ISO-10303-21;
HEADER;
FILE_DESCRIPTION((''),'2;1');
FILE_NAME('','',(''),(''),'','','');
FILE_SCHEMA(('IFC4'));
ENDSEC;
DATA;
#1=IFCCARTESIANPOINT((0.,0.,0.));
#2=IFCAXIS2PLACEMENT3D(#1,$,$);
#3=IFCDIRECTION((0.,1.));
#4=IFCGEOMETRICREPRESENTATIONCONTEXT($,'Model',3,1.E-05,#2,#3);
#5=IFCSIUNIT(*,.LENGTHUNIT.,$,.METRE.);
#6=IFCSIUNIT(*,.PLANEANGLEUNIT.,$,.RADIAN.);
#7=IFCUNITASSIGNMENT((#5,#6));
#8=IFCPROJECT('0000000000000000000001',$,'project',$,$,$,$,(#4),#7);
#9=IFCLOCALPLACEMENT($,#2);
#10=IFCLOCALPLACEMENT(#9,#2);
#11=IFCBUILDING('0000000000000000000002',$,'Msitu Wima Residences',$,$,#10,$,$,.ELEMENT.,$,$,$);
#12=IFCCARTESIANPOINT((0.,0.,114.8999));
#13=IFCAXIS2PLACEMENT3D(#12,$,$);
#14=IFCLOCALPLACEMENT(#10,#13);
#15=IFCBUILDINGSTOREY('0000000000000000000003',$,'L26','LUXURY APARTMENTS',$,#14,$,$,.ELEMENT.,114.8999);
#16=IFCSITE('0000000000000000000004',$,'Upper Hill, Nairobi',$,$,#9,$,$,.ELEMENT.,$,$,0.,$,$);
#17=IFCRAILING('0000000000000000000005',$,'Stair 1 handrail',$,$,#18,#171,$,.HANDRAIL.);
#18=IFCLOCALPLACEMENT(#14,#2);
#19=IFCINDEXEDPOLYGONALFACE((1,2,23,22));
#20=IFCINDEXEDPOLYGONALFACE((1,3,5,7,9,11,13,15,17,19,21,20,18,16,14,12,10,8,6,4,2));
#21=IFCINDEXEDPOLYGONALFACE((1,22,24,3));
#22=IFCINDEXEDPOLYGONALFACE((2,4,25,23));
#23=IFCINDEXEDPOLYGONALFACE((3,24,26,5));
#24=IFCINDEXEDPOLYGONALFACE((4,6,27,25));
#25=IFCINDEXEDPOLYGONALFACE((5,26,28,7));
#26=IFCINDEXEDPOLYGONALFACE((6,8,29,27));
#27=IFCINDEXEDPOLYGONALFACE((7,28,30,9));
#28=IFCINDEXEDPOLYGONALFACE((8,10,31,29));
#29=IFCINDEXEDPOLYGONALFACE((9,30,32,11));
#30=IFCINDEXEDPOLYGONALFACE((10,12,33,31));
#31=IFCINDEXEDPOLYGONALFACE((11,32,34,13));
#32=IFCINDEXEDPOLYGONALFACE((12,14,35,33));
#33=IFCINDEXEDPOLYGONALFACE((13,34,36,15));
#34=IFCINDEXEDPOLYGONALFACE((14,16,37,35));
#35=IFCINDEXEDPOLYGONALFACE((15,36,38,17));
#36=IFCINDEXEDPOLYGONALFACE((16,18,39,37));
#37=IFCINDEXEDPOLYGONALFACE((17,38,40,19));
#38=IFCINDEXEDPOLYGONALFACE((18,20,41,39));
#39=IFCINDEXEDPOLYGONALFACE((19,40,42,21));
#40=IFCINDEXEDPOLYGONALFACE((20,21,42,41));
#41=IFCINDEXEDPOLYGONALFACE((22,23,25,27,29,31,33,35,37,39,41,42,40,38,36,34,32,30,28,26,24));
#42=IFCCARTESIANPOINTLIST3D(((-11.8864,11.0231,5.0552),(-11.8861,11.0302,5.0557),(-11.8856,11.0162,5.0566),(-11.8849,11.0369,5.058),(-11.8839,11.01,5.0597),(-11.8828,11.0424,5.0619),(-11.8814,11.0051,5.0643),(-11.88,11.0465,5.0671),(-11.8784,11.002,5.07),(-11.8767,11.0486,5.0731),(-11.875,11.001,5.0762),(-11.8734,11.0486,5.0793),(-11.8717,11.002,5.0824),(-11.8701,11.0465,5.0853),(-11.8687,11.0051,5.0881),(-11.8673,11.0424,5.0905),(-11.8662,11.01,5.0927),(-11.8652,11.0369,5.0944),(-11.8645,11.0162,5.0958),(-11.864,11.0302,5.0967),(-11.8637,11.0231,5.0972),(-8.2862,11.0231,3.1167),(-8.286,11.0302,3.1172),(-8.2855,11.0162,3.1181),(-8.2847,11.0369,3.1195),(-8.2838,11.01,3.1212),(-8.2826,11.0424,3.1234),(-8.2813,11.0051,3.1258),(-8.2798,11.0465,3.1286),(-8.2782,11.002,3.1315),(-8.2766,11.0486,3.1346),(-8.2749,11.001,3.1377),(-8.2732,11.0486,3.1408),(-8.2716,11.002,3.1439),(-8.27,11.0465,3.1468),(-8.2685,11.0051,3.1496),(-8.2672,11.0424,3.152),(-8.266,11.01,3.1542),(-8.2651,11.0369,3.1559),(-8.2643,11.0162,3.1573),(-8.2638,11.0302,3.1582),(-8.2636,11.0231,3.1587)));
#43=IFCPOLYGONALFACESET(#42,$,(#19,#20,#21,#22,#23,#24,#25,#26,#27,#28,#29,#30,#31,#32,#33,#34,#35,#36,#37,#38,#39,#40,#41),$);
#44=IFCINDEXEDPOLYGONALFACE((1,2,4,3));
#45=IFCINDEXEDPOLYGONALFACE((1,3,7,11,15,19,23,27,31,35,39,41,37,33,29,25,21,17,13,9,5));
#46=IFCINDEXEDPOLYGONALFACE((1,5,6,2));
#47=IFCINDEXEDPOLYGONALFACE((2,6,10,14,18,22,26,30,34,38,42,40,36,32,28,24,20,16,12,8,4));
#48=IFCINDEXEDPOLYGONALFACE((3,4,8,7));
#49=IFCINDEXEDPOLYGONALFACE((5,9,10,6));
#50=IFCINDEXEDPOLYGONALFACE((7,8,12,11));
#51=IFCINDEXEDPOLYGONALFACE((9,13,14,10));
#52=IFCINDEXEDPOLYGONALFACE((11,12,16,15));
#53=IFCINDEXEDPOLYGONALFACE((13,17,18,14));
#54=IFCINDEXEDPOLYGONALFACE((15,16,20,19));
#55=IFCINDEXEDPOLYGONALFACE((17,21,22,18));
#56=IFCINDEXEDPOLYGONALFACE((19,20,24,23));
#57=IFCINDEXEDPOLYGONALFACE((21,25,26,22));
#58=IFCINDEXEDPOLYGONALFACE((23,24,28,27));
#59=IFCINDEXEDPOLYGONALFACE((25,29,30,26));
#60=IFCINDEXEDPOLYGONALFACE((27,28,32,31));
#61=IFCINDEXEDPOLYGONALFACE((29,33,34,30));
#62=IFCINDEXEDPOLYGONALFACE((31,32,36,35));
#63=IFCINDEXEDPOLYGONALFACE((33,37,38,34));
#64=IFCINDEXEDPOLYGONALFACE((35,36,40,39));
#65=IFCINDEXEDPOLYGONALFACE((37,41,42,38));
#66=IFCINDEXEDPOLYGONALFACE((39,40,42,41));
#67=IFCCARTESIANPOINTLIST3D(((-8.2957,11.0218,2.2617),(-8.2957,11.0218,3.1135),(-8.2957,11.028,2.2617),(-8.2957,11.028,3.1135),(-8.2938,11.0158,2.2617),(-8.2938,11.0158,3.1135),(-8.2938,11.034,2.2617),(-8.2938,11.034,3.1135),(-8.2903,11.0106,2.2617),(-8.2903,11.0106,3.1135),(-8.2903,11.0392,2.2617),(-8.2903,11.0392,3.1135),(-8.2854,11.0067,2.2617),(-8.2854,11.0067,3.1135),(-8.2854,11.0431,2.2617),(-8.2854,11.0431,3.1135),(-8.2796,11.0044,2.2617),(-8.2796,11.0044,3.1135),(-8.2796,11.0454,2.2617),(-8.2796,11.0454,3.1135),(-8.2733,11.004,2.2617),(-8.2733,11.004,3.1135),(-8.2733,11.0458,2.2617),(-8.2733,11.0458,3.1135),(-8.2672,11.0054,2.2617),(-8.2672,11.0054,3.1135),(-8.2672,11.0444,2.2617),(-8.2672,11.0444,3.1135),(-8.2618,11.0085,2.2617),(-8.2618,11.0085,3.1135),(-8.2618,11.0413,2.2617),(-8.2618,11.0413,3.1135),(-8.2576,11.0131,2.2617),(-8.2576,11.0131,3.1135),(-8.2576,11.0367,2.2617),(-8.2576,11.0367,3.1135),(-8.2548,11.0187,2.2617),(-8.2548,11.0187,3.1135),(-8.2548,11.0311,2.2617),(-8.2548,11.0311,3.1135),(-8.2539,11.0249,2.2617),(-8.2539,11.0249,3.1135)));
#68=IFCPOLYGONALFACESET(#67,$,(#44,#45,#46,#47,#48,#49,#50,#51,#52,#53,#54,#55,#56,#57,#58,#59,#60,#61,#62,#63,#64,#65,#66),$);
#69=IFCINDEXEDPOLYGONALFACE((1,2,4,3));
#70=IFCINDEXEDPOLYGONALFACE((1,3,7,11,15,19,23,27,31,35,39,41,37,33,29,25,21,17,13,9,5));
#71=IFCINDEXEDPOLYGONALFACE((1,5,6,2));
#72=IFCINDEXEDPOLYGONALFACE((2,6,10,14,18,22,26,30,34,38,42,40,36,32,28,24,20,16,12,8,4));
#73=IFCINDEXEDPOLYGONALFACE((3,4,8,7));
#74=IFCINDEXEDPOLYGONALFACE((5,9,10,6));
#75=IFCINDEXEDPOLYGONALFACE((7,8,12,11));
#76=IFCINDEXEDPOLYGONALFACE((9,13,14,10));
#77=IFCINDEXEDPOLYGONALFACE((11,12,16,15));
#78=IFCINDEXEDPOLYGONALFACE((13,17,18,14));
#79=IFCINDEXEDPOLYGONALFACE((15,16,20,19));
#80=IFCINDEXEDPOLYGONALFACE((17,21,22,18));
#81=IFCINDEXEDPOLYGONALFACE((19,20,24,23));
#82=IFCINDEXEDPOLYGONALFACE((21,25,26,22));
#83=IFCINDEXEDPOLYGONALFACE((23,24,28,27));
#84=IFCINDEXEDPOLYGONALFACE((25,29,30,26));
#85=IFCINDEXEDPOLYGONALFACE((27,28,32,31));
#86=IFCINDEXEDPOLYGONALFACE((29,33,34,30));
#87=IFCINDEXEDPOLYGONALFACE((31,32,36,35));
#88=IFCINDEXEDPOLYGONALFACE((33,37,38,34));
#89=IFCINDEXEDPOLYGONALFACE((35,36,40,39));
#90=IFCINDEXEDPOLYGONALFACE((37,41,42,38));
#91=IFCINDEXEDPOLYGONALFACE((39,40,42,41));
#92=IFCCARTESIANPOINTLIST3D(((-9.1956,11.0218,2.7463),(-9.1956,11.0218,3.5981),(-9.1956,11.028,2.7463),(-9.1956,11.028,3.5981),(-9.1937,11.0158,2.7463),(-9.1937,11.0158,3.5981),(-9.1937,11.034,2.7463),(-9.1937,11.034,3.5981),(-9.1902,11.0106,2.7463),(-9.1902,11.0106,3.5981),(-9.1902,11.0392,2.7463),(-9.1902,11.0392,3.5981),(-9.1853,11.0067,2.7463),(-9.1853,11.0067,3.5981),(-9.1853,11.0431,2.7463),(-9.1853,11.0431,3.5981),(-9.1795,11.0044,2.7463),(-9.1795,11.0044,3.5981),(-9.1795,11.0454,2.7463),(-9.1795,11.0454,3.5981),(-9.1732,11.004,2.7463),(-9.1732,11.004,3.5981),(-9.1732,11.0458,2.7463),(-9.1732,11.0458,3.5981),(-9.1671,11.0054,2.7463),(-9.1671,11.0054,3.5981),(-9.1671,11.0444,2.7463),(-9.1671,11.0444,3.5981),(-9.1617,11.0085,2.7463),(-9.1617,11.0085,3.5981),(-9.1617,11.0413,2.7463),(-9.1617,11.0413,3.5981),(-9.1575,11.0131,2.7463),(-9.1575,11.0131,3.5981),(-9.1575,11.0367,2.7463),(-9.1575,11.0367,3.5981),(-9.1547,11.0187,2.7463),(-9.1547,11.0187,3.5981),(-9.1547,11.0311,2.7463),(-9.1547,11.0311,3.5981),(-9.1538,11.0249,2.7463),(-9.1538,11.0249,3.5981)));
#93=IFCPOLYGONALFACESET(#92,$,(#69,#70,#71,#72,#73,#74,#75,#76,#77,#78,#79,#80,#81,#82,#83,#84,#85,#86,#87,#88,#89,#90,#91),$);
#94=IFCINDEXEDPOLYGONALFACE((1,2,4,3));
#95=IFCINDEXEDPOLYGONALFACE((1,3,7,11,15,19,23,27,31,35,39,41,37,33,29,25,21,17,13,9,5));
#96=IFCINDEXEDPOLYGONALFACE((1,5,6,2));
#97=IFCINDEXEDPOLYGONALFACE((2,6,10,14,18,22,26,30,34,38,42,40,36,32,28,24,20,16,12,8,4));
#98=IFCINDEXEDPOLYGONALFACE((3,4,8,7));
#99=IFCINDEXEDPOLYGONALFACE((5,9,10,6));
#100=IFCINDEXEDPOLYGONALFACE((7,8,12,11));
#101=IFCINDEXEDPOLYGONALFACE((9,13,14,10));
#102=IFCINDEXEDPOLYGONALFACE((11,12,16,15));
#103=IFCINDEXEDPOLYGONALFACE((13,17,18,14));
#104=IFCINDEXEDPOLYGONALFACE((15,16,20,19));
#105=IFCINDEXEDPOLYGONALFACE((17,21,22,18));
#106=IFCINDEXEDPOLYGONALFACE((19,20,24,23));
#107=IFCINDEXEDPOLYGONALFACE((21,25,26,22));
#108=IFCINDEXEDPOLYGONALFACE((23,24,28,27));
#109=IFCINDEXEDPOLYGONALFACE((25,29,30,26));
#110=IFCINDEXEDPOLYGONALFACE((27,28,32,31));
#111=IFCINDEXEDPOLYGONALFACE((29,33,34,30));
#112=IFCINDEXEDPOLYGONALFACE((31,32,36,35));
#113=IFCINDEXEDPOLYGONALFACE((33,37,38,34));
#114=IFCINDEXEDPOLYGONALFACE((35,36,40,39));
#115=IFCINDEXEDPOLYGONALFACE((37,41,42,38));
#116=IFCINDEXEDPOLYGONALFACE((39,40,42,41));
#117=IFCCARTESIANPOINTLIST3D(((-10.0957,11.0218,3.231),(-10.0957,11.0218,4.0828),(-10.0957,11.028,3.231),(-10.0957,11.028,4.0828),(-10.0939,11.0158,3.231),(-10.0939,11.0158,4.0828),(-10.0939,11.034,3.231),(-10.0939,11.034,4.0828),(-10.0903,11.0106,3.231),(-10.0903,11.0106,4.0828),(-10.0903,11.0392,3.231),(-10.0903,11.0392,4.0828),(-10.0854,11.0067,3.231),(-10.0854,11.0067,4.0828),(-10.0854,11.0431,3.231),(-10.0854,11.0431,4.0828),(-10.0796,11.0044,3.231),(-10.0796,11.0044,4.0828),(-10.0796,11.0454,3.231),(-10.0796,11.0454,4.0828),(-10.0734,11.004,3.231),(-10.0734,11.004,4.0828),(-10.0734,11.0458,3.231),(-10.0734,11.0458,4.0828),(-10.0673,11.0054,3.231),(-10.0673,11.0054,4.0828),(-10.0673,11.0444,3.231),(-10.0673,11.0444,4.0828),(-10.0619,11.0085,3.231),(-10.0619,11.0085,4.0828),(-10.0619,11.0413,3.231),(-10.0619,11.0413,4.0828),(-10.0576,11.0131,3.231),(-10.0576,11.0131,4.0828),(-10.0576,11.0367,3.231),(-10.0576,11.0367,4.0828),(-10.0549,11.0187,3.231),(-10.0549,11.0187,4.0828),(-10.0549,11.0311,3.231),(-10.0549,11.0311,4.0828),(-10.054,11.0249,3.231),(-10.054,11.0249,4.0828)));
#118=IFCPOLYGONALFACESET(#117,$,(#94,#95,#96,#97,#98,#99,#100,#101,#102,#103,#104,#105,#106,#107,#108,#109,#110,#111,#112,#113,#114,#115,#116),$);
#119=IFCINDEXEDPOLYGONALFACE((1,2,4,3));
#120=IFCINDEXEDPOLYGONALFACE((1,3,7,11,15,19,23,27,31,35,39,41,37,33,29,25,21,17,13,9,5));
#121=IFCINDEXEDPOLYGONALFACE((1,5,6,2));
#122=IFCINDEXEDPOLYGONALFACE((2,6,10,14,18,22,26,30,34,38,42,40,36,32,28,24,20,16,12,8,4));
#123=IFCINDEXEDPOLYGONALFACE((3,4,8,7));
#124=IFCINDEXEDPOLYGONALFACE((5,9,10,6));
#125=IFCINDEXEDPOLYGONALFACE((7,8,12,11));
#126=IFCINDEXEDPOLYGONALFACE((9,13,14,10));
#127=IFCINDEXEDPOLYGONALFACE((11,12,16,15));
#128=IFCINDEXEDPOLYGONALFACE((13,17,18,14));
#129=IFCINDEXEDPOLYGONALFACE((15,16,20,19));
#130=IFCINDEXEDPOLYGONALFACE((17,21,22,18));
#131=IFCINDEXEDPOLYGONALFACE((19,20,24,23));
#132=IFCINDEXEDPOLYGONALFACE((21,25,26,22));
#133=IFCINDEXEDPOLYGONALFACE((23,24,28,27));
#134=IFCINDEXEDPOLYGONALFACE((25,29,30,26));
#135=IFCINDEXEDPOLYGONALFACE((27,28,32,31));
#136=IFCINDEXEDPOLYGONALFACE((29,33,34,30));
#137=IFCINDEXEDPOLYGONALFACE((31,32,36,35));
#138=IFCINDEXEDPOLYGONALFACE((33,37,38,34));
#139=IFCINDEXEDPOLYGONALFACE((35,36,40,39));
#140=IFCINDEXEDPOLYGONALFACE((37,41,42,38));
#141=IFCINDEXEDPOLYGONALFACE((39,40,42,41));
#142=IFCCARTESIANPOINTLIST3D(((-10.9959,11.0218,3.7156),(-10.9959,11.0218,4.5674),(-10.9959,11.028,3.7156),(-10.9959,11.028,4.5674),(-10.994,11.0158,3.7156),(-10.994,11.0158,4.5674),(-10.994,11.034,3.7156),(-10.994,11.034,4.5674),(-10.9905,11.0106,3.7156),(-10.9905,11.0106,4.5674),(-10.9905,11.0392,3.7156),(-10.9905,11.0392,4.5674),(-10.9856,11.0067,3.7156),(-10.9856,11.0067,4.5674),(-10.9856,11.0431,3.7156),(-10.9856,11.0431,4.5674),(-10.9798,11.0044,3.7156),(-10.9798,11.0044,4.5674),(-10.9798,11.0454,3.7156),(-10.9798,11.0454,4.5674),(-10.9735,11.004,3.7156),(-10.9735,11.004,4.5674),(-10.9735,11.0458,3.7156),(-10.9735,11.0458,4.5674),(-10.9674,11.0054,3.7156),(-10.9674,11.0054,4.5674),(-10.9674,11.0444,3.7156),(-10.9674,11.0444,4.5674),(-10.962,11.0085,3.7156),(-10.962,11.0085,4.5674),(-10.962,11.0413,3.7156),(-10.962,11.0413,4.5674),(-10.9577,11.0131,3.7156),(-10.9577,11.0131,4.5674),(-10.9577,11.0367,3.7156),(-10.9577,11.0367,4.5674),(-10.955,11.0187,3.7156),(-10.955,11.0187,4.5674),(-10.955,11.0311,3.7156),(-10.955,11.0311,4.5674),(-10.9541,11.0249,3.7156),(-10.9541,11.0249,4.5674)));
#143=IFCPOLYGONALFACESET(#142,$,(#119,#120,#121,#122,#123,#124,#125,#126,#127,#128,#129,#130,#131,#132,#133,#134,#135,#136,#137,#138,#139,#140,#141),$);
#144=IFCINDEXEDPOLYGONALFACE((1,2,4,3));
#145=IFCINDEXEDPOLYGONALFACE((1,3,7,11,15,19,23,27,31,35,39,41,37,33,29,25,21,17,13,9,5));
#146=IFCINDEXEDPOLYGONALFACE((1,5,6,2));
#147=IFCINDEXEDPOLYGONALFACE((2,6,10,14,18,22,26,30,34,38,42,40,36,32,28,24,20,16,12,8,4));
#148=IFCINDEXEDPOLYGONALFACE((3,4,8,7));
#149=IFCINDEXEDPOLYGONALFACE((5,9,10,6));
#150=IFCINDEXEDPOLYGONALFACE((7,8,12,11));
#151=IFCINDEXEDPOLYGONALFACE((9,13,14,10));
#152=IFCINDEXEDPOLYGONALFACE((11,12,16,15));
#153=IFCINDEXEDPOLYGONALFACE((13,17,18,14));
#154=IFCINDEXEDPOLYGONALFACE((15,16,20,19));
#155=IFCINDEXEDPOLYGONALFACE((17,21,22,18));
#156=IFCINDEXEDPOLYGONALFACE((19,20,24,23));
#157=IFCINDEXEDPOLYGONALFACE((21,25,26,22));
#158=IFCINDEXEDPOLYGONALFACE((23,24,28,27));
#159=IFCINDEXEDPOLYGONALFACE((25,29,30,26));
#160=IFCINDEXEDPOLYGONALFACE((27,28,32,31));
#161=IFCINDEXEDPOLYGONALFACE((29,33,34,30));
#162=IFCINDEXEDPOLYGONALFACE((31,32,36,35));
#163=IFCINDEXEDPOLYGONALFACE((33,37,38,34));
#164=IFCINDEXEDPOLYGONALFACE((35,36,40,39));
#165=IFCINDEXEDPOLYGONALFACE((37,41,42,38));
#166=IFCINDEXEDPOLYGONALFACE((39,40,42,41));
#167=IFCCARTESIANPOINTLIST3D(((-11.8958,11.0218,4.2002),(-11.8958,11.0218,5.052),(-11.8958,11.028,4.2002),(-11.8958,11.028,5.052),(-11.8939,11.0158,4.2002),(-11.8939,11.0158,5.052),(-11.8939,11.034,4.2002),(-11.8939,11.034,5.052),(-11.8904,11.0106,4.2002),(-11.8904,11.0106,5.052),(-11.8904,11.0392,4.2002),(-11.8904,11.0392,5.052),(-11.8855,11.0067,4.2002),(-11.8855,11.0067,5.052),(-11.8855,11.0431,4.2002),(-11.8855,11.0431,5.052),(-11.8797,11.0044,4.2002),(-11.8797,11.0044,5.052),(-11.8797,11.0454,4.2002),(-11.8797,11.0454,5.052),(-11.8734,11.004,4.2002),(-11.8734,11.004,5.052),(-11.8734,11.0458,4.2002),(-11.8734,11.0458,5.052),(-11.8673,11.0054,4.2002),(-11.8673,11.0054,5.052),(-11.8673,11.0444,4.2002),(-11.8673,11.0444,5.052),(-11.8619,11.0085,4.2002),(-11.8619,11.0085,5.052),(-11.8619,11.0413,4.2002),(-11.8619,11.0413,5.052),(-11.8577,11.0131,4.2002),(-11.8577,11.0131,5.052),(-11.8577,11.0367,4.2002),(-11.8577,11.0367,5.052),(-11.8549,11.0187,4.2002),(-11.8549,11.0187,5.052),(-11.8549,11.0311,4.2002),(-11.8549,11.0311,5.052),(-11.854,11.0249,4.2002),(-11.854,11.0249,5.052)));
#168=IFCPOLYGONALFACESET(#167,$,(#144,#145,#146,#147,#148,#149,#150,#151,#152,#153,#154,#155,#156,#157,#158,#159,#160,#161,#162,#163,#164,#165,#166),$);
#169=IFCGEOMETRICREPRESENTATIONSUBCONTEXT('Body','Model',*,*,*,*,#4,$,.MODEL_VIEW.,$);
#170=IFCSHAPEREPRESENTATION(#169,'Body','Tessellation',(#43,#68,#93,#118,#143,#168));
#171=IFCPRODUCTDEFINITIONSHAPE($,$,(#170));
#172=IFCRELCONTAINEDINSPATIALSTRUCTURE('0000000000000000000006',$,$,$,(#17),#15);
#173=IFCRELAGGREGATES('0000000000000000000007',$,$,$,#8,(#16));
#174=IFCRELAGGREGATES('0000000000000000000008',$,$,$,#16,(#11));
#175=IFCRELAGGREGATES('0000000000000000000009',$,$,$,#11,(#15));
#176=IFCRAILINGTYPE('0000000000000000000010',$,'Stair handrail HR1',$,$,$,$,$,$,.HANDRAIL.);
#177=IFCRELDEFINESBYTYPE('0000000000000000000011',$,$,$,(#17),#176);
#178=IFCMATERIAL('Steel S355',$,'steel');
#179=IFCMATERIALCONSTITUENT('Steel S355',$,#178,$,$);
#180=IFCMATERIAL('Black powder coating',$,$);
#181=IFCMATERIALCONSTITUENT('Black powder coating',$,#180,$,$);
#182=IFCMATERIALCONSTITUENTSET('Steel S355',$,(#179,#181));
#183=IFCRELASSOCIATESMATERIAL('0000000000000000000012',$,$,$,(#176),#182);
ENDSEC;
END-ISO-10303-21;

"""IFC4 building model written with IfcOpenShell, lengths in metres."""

from ifc_helpers import new_model, si_unit, direction, frame, origin, origin_2d, place, context, subcontext, project, spatial, circle, extrude, material, constituent, constituent_set, type_object, element, save


model = new_model("IFC4")

# Units and contexts
model_context = context("Model", 3, precision=1e-05, world=origin(), true_north=direction((0.0, 1.0)))
body_context = subcontext(model_context, "Body", "Model", "MODEL_VIEW")
ifc_project = project(units=[si_unit("LENGTHUNIT", "METRE"), si_unit("PLANEANGLEUNIT", "RADIAN")], contexts=[model_context])

# Site, building, storey
site_placement = place(None, origin())
site = spatial("IfcSite", under=ifc_project, at=site_placement, Name="Upper Hill, Nairobi", CompositionType="ELEMENT", RefElevation=0.0)
building_placement = place(site_placement, origin())
building = spatial("IfcBuilding", under=site, at=building_placement, Name="Msitu Wima Residences", CompositionType="ELEMENT")
storey_placement = place(building_placement, frame((0.0, 0.0, 114.8999)))
storey = spatial("IfcBuildingStorey", under=building, at=storey_placement, Name="L26", Description="LUXURY APARTMENTS", CompositionType="ELEMENT", Elevation=114.8999)

# Railing
ifc_material_1 = material(Name="Steel S355", Category="steel")
ifc_constituent_1 = constituent(ifc_material_1, Name="Steel S355")
ifc_material_2 = material(Name="Black powder coating")
ifc_constituent_2 = constituent(ifc_material_2, Name="Black powder coating")
ifc_constituent_set = constituent_set(constituents=[ifc_constituent_1, ifc_constituent_2], Name="Steel S355")
railing_type = type_object("IfcRailingType", Name="Stair handrail HR1", PredefinedType="HANDRAIL", material=ifc_constituent_set)
railing_placement = place(storey_placement, frame((-8.2749, 11.0249, 2.2617)))
element("IfcRailing", 1, at=railing_placement, inside=storey, type_object=railing_type, Name="Stair 1 handrail", PredefinedType="HANDRAIL", context=body_context, shape_type="SweptSolid", body=[
    extrude(circle(Radius=0.0239, at=origin_2d()), frame((0.0, 0.0, 0.876), z_axis=(-0.880475, 0.0, 0.474093), x_axis=(0.0, -1.0, 0.0)), (0.0, 0.0, 1.0), 4.0889),
    extrude(circle(Radius=0.021, at=origin_2d()), origin(), (0.0, 0.0, 1.0), 0.8518),
    extrude(circle(Radius=0.021, at=origin_2d()), frame((-0.8999, 0.0, 0.4846)), (0.0, 0.0, 1.0), 0.8518),
    extrude(circle(Radius=0.021, at=origin_2d()), frame((-1.8, 0.0, 0.9692)), (0.0, 0.0, 1.0), 0.8518),
    extrude(circle(Radius=0.021, at=origin_2d()), frame((-2.7002, 0.0, 1.4539)), (0.0, 0.0, 1.0), 0.8518),
    extrude(circle(Radius=0.021, at=origin_2d()), frame((-3.6001, 0.0, 1.9385)), (0.0, 0.0, 1.0), 0.8518),
])

save(model, "model.ifc")
